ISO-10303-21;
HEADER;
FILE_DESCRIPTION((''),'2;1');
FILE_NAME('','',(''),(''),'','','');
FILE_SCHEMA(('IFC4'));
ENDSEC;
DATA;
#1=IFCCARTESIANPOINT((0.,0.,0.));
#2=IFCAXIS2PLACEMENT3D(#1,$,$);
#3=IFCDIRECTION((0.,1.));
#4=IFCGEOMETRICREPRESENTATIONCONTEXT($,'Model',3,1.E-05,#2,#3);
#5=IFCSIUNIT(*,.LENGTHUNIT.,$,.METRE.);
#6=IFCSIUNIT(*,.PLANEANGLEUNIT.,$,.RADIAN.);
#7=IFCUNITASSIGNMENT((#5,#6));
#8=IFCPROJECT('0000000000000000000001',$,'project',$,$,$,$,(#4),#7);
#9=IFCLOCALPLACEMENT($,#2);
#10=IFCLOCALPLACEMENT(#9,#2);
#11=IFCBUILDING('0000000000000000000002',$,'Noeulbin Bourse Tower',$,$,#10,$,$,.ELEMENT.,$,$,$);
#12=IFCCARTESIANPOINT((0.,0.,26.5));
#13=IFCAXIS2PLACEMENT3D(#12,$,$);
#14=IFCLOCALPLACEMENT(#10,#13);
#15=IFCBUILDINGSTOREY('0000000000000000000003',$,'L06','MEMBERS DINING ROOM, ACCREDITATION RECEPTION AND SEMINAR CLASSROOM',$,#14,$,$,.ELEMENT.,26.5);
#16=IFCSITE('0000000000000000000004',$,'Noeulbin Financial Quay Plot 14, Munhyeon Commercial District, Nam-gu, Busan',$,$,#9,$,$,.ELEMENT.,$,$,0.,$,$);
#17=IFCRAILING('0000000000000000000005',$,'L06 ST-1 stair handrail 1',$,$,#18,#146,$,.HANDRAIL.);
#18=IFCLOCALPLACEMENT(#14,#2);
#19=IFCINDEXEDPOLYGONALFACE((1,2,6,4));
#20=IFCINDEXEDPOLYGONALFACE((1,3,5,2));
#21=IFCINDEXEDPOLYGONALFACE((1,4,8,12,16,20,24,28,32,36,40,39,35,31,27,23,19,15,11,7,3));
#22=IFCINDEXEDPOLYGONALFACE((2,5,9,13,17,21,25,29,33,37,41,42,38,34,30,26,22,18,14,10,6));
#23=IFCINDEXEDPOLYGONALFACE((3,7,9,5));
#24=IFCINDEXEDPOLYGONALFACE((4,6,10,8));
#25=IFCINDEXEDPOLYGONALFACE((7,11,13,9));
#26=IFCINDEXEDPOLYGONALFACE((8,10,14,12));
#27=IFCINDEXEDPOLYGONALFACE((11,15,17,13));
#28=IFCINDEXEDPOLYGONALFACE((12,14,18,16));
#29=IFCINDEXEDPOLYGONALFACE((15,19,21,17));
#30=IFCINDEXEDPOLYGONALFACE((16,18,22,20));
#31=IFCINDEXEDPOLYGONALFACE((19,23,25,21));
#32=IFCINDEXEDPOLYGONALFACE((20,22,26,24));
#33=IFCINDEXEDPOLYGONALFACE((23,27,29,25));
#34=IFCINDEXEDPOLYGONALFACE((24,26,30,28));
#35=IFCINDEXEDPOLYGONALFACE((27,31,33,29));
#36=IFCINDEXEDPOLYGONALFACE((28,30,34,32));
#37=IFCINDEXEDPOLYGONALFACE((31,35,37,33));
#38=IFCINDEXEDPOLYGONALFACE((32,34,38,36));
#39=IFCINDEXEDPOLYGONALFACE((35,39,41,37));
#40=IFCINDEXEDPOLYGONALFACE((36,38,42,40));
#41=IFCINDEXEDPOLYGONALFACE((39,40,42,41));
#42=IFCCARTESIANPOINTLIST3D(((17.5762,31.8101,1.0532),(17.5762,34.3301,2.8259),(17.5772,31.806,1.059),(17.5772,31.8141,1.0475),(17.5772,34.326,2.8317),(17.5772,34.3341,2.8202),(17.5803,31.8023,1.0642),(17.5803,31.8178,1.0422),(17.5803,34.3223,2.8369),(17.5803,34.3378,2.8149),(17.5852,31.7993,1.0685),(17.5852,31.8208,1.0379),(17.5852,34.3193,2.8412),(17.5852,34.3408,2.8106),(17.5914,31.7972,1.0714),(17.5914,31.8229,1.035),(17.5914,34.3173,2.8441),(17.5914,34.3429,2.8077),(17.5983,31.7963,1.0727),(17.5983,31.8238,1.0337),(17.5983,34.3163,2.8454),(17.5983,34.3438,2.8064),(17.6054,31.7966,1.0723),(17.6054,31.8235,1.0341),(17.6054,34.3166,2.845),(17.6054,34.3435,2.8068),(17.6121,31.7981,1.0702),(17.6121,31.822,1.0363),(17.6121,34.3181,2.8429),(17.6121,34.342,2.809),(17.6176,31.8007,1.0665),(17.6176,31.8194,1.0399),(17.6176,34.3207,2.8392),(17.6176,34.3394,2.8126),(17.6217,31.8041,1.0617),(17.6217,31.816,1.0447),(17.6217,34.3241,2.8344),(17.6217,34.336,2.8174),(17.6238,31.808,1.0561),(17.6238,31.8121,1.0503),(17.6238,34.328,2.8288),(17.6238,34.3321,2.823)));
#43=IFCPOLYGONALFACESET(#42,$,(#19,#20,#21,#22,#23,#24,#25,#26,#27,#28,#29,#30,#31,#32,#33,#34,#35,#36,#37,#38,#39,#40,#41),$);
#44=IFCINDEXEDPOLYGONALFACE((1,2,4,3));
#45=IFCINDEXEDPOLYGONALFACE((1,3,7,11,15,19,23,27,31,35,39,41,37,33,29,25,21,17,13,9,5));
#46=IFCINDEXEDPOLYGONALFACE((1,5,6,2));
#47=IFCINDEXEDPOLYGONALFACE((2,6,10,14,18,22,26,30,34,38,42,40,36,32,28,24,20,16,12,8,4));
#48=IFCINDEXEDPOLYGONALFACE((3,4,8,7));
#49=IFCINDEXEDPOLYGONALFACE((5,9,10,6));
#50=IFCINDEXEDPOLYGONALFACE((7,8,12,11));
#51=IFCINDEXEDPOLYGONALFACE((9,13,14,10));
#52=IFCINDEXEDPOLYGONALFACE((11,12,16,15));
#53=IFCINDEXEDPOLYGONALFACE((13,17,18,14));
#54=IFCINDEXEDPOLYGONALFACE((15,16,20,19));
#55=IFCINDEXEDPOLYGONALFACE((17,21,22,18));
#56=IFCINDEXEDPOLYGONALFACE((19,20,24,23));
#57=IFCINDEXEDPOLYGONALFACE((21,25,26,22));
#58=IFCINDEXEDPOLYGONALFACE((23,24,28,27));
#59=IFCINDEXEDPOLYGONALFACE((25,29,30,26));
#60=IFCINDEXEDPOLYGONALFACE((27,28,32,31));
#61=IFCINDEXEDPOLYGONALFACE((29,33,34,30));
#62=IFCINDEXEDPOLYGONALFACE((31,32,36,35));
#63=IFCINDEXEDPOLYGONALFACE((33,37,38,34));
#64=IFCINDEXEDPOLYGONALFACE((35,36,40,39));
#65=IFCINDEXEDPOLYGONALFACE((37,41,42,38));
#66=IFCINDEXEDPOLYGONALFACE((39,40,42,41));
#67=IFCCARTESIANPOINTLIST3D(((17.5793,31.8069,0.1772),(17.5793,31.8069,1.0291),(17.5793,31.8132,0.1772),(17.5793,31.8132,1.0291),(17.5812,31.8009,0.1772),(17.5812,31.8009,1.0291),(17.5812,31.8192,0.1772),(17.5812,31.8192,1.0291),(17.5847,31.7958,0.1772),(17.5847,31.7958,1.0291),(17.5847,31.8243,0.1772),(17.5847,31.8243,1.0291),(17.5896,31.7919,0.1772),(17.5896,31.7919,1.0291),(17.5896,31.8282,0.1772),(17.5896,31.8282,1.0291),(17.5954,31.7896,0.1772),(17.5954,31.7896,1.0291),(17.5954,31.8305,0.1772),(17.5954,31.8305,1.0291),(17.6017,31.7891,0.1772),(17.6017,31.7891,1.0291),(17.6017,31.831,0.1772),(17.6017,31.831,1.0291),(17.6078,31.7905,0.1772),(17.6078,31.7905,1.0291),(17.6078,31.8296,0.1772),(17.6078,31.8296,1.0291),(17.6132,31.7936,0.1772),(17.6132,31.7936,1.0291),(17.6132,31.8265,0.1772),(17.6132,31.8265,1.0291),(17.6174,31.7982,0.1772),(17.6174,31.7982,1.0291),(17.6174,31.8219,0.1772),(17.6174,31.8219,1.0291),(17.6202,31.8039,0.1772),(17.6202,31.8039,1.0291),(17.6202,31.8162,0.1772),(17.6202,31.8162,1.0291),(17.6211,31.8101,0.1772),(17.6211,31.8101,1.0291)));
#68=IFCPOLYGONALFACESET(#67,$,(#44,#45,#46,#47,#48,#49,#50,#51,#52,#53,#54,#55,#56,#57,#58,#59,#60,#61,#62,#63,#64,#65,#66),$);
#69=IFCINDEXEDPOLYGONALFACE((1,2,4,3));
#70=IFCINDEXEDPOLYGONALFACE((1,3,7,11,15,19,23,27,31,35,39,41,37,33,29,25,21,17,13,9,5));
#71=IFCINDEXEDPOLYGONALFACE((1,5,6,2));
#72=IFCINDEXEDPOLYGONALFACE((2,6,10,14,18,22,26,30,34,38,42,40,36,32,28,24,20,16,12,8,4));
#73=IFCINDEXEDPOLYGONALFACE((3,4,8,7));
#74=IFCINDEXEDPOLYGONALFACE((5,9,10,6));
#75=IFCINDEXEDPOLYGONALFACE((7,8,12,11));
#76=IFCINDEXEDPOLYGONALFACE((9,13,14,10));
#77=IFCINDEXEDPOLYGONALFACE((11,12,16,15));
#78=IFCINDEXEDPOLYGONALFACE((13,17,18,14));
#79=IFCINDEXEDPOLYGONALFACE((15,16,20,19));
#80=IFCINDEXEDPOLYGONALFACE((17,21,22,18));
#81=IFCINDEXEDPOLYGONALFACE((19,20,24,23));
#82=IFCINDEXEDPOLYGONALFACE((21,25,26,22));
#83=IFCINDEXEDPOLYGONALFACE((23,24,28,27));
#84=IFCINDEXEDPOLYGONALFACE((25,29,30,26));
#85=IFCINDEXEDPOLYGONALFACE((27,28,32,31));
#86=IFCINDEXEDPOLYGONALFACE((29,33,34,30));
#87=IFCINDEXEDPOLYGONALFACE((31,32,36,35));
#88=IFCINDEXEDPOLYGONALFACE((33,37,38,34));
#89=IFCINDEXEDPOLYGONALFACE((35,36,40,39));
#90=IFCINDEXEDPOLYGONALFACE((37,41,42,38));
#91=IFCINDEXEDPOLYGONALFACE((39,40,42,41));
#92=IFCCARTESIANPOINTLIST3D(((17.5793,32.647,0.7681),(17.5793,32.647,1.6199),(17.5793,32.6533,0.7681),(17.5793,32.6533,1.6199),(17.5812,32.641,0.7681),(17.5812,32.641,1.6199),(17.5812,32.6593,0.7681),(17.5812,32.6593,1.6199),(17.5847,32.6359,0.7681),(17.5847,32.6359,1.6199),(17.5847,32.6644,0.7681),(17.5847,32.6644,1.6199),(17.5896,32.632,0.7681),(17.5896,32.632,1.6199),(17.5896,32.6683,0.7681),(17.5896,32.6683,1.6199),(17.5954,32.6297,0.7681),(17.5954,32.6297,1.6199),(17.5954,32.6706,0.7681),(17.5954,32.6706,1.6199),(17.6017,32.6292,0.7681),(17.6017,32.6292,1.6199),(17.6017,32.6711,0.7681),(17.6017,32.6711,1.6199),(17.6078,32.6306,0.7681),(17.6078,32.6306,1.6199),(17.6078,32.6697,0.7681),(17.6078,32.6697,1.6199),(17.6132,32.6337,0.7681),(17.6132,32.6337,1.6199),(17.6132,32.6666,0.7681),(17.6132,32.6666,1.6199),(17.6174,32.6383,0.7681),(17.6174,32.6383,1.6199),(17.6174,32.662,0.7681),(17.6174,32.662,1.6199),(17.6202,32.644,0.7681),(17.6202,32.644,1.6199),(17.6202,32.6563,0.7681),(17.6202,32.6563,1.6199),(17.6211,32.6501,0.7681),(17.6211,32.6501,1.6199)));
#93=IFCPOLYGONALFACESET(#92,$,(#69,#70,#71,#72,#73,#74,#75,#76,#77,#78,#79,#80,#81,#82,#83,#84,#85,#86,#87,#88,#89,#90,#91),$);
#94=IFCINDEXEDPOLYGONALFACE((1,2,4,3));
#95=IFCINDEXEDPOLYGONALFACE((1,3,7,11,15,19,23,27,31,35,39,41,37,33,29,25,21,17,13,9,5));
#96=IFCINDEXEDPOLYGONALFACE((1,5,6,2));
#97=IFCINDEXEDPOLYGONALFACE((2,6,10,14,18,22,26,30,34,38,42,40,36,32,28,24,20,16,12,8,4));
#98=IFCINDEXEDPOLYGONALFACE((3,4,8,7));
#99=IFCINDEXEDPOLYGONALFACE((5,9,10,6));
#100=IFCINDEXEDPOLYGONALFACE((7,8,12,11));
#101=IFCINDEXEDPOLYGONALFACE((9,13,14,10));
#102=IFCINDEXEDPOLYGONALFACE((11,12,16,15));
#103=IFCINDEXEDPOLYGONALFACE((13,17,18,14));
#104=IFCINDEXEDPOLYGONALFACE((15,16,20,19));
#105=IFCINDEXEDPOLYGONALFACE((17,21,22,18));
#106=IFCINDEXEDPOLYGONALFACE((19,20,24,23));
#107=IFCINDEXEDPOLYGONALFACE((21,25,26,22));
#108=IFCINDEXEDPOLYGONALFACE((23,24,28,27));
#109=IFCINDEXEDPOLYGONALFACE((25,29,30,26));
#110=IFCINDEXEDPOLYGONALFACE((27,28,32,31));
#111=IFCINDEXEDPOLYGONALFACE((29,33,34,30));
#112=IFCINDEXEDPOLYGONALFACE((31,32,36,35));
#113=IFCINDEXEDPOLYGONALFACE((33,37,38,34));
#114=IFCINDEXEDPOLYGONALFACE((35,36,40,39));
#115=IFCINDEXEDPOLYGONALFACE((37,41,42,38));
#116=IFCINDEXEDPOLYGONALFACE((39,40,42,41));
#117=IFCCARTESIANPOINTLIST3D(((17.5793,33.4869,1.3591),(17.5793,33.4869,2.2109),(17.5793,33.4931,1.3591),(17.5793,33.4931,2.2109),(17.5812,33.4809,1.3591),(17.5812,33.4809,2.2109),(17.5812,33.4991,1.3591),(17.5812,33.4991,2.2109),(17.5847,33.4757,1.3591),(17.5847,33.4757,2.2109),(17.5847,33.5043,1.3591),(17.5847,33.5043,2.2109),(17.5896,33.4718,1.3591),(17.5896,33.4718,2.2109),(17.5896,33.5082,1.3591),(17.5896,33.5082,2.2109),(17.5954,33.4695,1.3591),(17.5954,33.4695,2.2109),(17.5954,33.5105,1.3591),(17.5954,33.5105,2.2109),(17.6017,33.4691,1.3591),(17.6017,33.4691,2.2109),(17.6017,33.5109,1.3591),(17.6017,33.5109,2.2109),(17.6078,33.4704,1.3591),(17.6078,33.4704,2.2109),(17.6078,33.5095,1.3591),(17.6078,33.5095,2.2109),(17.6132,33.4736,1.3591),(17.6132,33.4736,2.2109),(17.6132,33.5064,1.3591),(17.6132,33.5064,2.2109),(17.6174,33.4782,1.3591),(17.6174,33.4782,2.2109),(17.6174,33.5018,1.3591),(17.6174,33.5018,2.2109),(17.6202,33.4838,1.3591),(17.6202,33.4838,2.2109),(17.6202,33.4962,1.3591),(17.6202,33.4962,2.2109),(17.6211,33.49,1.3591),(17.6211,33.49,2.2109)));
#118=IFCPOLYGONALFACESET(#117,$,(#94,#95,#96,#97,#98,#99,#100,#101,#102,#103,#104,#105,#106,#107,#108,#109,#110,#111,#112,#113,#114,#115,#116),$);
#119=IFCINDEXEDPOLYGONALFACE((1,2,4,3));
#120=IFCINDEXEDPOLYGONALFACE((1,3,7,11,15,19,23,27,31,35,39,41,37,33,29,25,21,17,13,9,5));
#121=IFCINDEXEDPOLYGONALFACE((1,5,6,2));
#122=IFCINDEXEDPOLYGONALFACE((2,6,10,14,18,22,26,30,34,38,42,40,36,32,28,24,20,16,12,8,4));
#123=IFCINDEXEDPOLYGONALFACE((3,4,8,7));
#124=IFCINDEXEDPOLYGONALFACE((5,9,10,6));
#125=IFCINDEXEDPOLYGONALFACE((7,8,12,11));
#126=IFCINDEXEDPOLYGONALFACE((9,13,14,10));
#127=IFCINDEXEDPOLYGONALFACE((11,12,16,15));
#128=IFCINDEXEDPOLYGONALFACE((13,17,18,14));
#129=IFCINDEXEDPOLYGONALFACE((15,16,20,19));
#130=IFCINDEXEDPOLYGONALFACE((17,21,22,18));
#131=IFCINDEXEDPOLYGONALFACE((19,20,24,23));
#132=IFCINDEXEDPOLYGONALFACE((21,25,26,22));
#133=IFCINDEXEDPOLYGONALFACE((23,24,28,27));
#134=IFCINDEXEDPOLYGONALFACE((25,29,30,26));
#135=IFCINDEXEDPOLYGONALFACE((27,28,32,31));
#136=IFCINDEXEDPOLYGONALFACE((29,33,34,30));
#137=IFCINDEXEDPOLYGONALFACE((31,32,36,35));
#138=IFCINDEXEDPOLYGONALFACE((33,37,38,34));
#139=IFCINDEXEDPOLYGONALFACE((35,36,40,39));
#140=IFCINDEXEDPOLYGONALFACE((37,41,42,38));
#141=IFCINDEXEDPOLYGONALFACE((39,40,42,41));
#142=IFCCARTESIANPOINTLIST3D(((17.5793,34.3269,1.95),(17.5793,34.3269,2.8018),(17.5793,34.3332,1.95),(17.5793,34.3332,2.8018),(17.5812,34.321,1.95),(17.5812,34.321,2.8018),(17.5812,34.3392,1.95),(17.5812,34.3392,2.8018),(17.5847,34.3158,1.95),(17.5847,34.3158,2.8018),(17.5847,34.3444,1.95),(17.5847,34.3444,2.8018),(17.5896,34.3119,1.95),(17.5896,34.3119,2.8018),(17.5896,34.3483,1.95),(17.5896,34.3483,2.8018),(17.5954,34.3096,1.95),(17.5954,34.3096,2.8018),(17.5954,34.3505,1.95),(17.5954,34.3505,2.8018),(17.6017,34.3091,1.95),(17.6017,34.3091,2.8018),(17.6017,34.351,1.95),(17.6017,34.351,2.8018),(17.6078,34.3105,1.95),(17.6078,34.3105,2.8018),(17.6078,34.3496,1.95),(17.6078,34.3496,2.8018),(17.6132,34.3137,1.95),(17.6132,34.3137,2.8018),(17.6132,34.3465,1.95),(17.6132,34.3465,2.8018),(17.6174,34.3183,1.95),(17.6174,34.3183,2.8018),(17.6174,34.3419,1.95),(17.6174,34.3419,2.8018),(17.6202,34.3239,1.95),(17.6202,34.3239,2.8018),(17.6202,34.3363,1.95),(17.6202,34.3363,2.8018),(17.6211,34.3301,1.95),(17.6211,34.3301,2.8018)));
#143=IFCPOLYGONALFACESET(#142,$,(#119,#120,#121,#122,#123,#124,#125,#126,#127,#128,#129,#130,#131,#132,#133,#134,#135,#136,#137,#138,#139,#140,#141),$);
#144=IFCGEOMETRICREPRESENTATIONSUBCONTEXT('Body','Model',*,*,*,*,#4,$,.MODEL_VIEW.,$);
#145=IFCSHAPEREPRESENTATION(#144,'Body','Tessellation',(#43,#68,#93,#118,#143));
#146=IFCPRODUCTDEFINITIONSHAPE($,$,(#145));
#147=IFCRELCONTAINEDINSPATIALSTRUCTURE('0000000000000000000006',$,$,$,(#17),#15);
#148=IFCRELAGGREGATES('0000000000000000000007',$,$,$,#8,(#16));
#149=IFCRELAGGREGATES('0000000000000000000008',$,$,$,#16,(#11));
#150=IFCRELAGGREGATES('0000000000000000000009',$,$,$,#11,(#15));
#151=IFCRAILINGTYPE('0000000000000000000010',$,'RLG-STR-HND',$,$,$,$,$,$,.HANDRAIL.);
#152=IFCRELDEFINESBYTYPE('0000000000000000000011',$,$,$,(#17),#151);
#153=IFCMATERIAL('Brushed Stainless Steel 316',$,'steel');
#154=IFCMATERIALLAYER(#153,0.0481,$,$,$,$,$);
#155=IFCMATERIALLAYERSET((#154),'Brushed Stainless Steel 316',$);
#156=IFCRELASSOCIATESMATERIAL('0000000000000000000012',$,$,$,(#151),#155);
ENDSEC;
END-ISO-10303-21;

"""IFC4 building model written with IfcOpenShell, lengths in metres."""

from ifc_helpers import new_model, si_unit, direction, frame, origin, origin_2d, place, context, subcontext, project, spatial, circle, extrude, material, layer, layer_set, type_object, element, save


model = new_model("IFC4")

# Units and contexts
model_context = context("Model", 3, precision=1e-05, world=origin(), true_north=direction((0.0, 1.0)))
body_context = subcontext(model_context, "Body", "Model", "MODEL_VIEW")
ifc_project = project(units=[si_unit("LENGTHUNIT", "METRE"), si_unit("PLANEANGLEUNIT", "RADIAN")], contexts=[model_context])

# Site, building, storey
site_placement = place(None, origin())
site = spatial("IfcSite", under=ifc_project, at=site_placement, Name="Noeulbin Financial Quay Plot 14, Munhyeon Commercial District, Nam-gu, Busan", CompositionType="ELEMENT", RefElevation=0.0)
building_placement = place(site_placement, origin())
building = spatial("IfcBuilding", under=site, at=building_placement, Name="Noeulbin Bourse Tower", CompositionType="ELEMENT")
storey_placement = place(building_placement, frame((0.0, 0.0, 26.5)))
storey = spatial("IfcBuildingStorey", under=building, at=storey_placement, Name="L06", Description="MEMBERS DINING ROOM, ACCREDITATION RECEPTION AND SEMINAR CLASSROOM", CompositionType="ELEMENT", Elevation=26.5)

# Shared definitions
ifc_material_1 = material(Name="Brushed Stainless Steel 316", Category="steel")

# Railing
ifc_layer_1 = layer(ifc_material_1, 0.0481)
ifc_layer_set_1 = layer_set([ifc_layer_1], Name="Brushed Stainless Steel 316")
railing_type_1 = type_object("IfcRailingType", Name="RLG-STR-HND", PredefinedType="HANDRAIL", material=ifc_layer_set_1)
railing_1_placement = place(storey_placement, frame((17.6001, 31.8101, 0.1772)))
element("IfcRailing", 1, at=railing_1_placement, inside=storey, type_object=railing_type_1, Name="L06 ST-1 stair handrail 1", PredefinedType="HANDRAIL", context=body_context, shape_type="SweptSolid", body=[
    extrude(circle(Radius=0.0239, at=origin_2d()), frame((0.0, 0.0, 0.876), z_axis=(0.0, 0.817904, 0.575354), x_axis=(-1.0, 0.0, 0.0)), (0.0, 0.0, 1.0), 3.0811),
    extrude(circle(Radius=0.021, at=origin_2d()), origin(), (0.0, 0.0, 1.0), 0.8518),
    extrude(circle(Radius=0.021, at=origin_2d()), frame((0.0, 0.8401, 0.5908)), (0.0, 0.0, 1.0), 0.8518),
    extrude(circle(Radius=0.021, at=origin_2d()), frame((0.0, 1.6799, 1.1819)), (0.0, 0.0, 1.0), 0.8518),
    extrude(circle(Radius=0.021, at=origin_2d()), frame((0.0, 2.52, 1.7727)), (0.0, 0.0, 1.0), 0.8518),
])

save(model, "model.ifc")
